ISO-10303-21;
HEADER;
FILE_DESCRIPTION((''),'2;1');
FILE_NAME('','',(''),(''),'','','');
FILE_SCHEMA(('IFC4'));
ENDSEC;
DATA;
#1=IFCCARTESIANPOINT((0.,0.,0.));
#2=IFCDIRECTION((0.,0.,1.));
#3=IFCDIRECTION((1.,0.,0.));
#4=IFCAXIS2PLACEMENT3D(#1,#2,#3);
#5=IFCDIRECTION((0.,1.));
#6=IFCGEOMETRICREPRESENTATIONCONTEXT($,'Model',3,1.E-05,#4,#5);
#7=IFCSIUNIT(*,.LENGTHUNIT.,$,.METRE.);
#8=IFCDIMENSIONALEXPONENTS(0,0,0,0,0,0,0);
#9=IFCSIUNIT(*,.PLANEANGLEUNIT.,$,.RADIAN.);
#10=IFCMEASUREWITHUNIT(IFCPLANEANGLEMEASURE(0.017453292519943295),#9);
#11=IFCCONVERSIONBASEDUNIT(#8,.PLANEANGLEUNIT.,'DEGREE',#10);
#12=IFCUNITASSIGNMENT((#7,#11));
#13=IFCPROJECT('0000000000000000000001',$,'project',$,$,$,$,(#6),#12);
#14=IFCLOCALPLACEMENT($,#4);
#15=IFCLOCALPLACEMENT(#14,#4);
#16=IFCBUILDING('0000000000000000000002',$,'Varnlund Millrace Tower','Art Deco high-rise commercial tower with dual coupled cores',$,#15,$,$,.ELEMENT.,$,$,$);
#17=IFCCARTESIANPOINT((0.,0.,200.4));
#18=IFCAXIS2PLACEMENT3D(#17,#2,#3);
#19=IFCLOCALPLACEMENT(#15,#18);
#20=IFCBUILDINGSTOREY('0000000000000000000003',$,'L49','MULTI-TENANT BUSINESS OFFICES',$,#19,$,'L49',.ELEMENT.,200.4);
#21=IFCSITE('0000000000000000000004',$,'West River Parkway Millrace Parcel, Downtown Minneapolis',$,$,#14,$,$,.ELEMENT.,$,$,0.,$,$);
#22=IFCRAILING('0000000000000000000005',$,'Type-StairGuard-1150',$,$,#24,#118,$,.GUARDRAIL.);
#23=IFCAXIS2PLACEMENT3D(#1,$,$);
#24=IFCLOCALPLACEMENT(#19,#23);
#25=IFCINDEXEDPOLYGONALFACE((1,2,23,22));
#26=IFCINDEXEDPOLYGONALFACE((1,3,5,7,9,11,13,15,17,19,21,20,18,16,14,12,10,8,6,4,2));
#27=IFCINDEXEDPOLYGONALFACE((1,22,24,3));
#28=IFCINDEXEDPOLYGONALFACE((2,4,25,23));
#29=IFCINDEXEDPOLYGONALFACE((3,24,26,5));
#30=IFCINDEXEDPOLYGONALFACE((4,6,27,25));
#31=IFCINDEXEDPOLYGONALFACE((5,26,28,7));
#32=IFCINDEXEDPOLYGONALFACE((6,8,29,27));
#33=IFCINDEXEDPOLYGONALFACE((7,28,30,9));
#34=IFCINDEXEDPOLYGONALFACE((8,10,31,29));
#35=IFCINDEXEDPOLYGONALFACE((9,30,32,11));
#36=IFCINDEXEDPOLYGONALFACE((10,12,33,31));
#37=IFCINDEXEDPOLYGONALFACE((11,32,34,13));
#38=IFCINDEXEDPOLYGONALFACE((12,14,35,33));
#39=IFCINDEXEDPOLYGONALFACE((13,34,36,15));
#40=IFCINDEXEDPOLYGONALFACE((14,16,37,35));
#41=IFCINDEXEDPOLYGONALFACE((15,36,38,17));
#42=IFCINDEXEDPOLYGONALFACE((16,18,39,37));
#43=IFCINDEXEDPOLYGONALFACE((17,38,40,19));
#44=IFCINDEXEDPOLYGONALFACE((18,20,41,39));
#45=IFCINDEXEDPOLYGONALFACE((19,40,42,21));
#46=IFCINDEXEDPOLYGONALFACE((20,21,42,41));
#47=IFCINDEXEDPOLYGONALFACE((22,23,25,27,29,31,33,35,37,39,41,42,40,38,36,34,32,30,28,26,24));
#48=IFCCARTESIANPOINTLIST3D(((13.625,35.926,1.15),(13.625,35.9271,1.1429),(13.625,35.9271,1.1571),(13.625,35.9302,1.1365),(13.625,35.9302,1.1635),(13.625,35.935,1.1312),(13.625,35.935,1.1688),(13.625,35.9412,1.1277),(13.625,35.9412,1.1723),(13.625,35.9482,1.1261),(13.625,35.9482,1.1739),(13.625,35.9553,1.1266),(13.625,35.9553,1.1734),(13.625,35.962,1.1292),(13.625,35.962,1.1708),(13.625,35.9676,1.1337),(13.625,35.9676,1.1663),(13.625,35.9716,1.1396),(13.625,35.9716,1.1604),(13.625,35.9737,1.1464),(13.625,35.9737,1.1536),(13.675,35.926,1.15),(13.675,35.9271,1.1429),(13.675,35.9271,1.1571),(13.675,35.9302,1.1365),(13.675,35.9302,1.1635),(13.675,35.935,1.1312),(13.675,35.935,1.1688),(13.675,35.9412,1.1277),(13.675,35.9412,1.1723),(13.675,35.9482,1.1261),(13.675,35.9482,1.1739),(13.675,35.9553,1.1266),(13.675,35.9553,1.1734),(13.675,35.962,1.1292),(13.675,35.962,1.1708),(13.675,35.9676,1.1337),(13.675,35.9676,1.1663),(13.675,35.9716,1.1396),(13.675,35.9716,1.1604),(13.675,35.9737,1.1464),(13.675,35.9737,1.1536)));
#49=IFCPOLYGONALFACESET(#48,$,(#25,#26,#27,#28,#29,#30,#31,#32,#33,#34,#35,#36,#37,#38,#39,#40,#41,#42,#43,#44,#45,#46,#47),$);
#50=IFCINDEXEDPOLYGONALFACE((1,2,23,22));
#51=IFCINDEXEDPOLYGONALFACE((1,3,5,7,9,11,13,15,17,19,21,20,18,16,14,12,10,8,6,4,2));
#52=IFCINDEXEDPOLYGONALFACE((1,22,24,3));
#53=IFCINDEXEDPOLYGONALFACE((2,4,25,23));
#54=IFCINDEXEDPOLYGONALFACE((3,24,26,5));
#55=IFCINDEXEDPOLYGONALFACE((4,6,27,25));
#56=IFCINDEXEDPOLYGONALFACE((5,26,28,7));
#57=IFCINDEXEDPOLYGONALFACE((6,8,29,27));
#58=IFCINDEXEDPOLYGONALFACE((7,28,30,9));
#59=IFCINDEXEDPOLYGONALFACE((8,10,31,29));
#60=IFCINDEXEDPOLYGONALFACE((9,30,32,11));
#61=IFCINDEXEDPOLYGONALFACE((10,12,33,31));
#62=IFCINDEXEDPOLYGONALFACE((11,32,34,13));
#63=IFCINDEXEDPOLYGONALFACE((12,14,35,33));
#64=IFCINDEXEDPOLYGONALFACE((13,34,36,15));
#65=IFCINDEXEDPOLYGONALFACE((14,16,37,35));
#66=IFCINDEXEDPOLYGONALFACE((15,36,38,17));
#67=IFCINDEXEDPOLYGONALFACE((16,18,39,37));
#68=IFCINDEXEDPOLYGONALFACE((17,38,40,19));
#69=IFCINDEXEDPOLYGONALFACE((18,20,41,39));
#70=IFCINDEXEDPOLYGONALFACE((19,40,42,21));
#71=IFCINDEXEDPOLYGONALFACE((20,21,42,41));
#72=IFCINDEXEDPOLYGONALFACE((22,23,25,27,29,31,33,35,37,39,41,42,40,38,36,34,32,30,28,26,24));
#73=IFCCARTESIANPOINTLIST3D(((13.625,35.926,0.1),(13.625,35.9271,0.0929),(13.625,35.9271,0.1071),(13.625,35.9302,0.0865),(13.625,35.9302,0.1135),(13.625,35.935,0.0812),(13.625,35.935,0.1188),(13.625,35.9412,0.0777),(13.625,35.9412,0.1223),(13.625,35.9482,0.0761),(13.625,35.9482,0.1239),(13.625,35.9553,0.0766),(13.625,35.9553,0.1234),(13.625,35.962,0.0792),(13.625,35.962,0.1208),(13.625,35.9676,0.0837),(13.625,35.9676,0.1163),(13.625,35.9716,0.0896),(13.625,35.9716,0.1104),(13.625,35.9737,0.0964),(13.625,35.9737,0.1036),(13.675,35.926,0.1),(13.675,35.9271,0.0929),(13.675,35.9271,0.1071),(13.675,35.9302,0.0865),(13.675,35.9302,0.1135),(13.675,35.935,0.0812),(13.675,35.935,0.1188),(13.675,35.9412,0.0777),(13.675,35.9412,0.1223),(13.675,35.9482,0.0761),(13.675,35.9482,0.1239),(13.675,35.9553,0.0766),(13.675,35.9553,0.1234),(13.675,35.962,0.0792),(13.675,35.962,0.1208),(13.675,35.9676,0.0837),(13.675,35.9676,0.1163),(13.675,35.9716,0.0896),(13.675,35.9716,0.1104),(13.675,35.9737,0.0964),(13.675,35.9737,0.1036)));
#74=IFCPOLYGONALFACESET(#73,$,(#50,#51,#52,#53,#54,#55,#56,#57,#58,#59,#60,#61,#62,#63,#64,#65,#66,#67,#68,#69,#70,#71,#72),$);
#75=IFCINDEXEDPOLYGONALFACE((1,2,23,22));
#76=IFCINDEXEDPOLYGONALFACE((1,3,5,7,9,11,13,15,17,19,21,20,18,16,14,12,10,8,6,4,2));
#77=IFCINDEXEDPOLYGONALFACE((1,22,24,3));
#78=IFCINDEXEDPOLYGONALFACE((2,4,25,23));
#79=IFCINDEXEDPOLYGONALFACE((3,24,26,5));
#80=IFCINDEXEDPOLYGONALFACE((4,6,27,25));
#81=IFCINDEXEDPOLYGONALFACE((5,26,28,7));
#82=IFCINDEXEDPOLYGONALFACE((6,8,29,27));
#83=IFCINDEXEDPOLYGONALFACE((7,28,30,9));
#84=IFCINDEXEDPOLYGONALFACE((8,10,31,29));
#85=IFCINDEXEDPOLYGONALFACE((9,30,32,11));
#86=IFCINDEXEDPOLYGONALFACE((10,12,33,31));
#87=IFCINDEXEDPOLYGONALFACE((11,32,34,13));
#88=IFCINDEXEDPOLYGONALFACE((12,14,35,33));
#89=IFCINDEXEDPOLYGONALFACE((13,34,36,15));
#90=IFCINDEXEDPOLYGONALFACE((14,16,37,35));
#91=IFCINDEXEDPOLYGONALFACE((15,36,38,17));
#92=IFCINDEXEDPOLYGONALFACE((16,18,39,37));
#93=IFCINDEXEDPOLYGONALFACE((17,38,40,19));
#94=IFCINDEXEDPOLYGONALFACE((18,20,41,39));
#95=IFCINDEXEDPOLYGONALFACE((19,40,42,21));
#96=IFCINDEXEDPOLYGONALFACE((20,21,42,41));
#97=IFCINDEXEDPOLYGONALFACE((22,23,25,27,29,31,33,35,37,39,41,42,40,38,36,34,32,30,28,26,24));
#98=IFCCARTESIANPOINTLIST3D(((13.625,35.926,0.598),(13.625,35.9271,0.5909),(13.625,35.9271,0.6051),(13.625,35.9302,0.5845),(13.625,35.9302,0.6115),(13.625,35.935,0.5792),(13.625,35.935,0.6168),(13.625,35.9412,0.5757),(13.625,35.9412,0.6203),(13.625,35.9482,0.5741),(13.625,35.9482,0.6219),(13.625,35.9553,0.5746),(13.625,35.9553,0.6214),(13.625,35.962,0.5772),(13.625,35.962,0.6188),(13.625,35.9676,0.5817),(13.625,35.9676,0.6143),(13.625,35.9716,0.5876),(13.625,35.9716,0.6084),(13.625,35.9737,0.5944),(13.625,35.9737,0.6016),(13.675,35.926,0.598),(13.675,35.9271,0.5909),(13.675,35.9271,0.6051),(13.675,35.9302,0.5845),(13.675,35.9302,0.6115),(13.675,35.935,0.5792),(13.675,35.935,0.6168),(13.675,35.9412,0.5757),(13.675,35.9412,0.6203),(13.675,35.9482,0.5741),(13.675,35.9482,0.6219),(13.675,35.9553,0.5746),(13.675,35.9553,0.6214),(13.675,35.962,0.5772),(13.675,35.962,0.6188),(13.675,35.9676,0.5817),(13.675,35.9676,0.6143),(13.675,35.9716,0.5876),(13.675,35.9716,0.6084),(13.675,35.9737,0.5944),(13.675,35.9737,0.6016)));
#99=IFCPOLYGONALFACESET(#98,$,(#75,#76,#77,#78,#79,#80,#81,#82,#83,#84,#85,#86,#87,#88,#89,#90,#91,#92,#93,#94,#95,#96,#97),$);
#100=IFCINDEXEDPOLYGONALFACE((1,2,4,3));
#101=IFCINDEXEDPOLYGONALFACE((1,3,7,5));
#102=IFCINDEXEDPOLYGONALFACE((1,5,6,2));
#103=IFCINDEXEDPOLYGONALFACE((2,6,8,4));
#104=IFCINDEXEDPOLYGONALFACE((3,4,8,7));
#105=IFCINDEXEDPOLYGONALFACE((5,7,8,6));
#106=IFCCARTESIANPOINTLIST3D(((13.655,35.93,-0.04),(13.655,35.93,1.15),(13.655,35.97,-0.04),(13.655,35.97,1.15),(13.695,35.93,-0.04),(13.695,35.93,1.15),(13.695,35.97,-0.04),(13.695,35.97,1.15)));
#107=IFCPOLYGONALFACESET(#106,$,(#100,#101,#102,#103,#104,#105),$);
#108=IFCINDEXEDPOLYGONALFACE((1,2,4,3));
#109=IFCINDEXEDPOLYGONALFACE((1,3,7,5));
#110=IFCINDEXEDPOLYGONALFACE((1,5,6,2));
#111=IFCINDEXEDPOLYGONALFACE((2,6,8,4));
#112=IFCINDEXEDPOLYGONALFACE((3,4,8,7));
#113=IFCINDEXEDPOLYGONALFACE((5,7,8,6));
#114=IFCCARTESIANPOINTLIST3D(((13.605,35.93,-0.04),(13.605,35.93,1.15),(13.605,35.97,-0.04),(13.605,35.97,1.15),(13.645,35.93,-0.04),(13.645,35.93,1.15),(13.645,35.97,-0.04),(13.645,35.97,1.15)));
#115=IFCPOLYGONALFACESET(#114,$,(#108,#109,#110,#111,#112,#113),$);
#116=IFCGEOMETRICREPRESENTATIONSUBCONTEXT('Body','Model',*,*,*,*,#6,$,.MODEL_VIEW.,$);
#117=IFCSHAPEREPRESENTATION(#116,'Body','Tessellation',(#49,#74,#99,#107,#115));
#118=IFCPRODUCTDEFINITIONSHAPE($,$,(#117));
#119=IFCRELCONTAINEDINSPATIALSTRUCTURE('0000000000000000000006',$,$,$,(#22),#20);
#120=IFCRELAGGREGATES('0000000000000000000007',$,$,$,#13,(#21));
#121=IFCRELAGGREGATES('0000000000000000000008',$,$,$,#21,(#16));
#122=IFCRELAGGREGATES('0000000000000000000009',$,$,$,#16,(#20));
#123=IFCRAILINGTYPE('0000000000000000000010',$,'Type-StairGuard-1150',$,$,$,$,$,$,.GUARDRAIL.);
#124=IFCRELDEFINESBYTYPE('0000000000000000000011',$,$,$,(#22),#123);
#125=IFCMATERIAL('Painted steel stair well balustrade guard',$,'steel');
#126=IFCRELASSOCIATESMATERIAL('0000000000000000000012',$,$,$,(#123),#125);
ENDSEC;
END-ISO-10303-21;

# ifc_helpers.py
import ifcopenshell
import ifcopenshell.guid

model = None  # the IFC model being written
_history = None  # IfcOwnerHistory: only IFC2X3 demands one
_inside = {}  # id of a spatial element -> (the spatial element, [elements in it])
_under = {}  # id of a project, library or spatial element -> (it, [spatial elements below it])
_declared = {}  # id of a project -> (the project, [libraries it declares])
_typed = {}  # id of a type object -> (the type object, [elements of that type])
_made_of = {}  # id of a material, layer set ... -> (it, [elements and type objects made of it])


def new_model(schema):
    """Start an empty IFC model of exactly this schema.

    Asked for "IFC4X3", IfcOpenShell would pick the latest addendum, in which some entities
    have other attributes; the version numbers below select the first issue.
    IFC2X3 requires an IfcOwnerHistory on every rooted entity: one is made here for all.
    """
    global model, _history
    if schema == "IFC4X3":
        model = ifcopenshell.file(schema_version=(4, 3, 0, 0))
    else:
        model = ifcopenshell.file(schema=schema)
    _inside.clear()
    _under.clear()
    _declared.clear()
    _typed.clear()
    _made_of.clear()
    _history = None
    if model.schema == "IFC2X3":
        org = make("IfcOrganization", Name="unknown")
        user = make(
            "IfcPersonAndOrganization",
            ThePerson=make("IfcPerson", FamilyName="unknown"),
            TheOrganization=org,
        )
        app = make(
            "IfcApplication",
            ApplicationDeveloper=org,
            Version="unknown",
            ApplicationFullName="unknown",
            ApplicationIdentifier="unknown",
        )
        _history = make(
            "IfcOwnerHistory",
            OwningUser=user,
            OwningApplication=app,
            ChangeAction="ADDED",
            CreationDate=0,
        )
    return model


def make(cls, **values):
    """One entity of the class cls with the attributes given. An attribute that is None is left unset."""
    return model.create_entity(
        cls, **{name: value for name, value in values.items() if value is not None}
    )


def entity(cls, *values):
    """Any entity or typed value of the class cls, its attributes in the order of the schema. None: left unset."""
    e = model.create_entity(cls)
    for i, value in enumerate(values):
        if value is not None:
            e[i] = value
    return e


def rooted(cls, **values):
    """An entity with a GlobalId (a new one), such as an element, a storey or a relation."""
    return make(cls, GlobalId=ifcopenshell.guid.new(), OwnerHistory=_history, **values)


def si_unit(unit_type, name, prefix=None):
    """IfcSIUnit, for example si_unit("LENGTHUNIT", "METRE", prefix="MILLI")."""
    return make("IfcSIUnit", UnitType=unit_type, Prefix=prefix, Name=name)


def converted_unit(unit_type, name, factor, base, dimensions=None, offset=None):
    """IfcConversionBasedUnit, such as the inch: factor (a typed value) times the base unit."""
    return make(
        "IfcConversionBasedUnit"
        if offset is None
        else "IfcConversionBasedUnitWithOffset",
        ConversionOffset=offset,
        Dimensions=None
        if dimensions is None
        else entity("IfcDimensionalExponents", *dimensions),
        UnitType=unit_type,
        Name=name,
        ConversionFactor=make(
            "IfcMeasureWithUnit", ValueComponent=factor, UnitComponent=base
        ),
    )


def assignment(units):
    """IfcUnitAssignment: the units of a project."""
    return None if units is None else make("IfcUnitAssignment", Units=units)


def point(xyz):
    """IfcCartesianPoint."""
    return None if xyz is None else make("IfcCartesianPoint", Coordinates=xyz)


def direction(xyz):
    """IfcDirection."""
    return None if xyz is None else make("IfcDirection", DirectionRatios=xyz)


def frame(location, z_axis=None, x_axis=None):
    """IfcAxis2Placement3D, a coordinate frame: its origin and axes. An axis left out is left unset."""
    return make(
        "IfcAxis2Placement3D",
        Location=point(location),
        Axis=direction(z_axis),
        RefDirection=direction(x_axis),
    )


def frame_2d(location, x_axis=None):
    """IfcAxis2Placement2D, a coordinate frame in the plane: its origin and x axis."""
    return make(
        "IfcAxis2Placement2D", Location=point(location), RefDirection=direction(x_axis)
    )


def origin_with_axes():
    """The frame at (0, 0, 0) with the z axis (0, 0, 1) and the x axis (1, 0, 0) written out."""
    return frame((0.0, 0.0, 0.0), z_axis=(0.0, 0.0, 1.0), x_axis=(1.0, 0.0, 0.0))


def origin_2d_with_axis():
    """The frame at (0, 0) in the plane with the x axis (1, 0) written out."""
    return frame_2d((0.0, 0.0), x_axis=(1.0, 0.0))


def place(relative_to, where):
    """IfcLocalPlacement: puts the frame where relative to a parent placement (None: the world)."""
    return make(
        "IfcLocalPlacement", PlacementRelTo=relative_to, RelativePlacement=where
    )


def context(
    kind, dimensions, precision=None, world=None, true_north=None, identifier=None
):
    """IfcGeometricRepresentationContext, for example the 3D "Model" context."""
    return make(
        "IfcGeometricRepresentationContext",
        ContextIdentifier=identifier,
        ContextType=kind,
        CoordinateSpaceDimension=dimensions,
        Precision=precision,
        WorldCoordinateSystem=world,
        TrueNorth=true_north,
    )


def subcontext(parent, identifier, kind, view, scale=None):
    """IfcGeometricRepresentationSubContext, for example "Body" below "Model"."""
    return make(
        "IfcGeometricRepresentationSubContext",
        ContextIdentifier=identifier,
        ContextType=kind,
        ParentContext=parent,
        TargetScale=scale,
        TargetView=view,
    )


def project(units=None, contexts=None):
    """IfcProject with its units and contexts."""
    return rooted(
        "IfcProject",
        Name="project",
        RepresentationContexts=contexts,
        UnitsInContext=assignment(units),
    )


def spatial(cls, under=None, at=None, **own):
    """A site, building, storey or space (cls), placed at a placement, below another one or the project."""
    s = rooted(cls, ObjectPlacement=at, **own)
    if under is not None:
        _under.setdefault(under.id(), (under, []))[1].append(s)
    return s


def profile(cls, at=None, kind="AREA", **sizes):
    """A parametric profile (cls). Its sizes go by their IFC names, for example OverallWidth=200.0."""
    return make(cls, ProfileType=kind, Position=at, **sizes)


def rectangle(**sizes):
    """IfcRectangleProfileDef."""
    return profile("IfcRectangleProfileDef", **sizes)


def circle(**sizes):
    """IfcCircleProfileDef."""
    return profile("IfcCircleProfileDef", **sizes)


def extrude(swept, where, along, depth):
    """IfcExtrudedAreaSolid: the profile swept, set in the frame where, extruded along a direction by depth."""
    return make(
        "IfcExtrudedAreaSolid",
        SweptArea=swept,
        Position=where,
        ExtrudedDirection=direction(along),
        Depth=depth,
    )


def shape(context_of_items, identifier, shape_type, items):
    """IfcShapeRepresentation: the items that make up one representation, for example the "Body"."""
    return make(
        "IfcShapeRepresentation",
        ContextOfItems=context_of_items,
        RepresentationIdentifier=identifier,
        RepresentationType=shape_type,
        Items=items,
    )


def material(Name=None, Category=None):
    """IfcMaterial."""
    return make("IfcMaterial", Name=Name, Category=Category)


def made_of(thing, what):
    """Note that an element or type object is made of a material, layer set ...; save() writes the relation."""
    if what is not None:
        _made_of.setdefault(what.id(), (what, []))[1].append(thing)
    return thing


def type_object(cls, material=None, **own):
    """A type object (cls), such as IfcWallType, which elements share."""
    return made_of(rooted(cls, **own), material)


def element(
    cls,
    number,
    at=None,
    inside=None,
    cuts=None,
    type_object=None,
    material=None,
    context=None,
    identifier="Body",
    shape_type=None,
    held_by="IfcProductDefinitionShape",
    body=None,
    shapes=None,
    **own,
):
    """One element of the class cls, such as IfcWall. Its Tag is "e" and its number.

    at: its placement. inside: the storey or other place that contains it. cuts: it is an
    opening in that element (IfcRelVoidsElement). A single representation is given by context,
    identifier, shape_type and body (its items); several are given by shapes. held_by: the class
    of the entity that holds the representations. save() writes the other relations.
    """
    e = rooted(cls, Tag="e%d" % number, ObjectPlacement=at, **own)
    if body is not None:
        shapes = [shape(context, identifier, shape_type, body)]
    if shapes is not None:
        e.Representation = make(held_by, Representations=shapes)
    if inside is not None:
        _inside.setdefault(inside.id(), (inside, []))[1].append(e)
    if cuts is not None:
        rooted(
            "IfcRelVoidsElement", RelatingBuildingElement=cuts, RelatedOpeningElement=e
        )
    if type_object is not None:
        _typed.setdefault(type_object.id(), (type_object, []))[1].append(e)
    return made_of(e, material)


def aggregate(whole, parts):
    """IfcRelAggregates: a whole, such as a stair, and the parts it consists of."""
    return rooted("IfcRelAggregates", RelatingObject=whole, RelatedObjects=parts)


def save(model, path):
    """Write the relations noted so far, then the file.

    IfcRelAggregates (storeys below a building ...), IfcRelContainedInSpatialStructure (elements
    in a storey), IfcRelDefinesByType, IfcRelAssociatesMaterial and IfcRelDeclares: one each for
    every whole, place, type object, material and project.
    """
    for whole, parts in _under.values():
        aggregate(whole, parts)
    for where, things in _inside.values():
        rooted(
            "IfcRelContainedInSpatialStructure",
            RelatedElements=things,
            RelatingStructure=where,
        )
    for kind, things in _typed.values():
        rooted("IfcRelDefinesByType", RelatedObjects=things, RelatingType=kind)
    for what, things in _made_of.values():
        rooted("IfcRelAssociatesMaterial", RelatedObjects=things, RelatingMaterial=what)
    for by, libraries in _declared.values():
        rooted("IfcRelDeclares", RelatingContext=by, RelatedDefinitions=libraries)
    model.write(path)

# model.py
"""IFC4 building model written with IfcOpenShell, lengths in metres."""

from ifc_helpers import new_model, entity, si_unit, converted_unit, direction, frame, origin_with_axes, origin_2d_with_axis, place, context, subcontext, project, spatial, rectangle, circle, extrude, material, type_object, element, save


model = new_model("IFC4")

# Units and contexts
model_context = context("Model", 3, precision=1e-05, world=origin_with_axes(), true_north=direction((0.0, 1.0)))
body_context = subcontext(model_context, "Body", "Model", "MODEL_VIEW")
ifc_project = project(units=[si_unit("LENGTHUNIT", "METRE"), converted_unit("PLANEANGLEUNIT", "DEGREE", entity("IfcPlaneAngleMeasure", 0.017453292519943295), si_unit("PLANEANGLEUNIT", "RADIAN"), dimensions=[0, 0, 0, 0, 0, 0, 0])], contexts=[model_context])

# Site, building, storey
site_placement = place(None, origin_with_axes())
site = spatial("IfcSite", under=ifc_project, at=site_placement, Name="West River Parkway Millrace Parcel, Downtown Minneapolis", CompositionType="ELEMENT", RefElevation=0.0)
building_placement = place(site_placement, origin_with_axes())
building = spatial("IfcBuilding", under=site, at=building_placement, Name="Varnlund Millrace Tower", Description="Art Deco high-rise commercial tower with dual coupled cores", CompositionType="ELEMENT")
storey_placement = place(building_placement, frame((0.0, 0.0, 200.4), z_axis=(0.0, 0.0, 1.0), x_axis=(1.0, 0.0, 0.0)))
storey = spatial("IfcBuildingStorey", under=building, at=storey_placement, Name="L49", Description="MULTI-TENANT BUSINESS OFFICES", LongName="L49", CompositionType="ELEMENT", Elevation=200.4)

# Railing
ifc_material_1 = material(Name="Painted steel stair well balustrade guard", Category="steel")
railing_type_1 = type_object("IfcRailingType", Name="Type-StairGuard-1150", PredefinedType="GUARDRAIL", material=ifc_material_1)
railing_1_placement = place(storey_placement, frame((0.0, 0.0, -200.4), z_axis=(0.0, 0.0, 1.0), x_axis=(1.0, 0.0, 0.0)))
element("IfcRailing", 1, at=railing_1_placement, inside=storey, type_object=railing_type_1, Name="Type-StairGuard-1150", PredefinedType="GUARDRAIL", context=body_context, shape_type="SweptSolid", body=[
    extrude(circle(Radius=0.024, at=origin_2d_with_axis()), frame((13.675, 35.95, 201.55), z_axis=(-1.0, 0.0, 0.0), x_axis=(0.0, -1.0, 0.0)), (0.0, 0.0, 1.0), 0.05),
    extrude(circle(Radius=0.024, at=origin_2d_with_axis()), frame((13.675, 35.95, 200.5), z_axis=(-1.0, 0.0, 0.0), x_axis=(0.0, -1.0, 0.0)), (0.0, 0.0, 1.0), 0.05),
    extrude(circle(Radius=0.024, at=origin_2d_with_axis()), frame((13.675, 35.95, 200.998), z_axis=(-1.0, 0.0, 0.0), x_axis=(0.0, -1.0, 0.0)), (0.0, 0.0, 1.0), 0.05),
    extrude(rectangle(XDim=0.04, YDim=0.04, at=origin_2d_with_axis()), frame((13.675, 35.95, 200.36), z_axis=(0.0, 0.0, 1.0), x_axis=(1.0, 0.0, 0.0)), (0.0, 0.0, 1.0), 1.19),
    extrude(rectangle(XDim=0.04, YDim=0.04, at=origin_2d_with_axis()), frame((13.625, 35.95, 200.36), z_axis=(0.0, 0.0, 1.0), x_axis=(1.0, 0.0, 0.0)), (0.0, 0.0, 1.0), 1.19),
])

save(model, "model.ifc")
